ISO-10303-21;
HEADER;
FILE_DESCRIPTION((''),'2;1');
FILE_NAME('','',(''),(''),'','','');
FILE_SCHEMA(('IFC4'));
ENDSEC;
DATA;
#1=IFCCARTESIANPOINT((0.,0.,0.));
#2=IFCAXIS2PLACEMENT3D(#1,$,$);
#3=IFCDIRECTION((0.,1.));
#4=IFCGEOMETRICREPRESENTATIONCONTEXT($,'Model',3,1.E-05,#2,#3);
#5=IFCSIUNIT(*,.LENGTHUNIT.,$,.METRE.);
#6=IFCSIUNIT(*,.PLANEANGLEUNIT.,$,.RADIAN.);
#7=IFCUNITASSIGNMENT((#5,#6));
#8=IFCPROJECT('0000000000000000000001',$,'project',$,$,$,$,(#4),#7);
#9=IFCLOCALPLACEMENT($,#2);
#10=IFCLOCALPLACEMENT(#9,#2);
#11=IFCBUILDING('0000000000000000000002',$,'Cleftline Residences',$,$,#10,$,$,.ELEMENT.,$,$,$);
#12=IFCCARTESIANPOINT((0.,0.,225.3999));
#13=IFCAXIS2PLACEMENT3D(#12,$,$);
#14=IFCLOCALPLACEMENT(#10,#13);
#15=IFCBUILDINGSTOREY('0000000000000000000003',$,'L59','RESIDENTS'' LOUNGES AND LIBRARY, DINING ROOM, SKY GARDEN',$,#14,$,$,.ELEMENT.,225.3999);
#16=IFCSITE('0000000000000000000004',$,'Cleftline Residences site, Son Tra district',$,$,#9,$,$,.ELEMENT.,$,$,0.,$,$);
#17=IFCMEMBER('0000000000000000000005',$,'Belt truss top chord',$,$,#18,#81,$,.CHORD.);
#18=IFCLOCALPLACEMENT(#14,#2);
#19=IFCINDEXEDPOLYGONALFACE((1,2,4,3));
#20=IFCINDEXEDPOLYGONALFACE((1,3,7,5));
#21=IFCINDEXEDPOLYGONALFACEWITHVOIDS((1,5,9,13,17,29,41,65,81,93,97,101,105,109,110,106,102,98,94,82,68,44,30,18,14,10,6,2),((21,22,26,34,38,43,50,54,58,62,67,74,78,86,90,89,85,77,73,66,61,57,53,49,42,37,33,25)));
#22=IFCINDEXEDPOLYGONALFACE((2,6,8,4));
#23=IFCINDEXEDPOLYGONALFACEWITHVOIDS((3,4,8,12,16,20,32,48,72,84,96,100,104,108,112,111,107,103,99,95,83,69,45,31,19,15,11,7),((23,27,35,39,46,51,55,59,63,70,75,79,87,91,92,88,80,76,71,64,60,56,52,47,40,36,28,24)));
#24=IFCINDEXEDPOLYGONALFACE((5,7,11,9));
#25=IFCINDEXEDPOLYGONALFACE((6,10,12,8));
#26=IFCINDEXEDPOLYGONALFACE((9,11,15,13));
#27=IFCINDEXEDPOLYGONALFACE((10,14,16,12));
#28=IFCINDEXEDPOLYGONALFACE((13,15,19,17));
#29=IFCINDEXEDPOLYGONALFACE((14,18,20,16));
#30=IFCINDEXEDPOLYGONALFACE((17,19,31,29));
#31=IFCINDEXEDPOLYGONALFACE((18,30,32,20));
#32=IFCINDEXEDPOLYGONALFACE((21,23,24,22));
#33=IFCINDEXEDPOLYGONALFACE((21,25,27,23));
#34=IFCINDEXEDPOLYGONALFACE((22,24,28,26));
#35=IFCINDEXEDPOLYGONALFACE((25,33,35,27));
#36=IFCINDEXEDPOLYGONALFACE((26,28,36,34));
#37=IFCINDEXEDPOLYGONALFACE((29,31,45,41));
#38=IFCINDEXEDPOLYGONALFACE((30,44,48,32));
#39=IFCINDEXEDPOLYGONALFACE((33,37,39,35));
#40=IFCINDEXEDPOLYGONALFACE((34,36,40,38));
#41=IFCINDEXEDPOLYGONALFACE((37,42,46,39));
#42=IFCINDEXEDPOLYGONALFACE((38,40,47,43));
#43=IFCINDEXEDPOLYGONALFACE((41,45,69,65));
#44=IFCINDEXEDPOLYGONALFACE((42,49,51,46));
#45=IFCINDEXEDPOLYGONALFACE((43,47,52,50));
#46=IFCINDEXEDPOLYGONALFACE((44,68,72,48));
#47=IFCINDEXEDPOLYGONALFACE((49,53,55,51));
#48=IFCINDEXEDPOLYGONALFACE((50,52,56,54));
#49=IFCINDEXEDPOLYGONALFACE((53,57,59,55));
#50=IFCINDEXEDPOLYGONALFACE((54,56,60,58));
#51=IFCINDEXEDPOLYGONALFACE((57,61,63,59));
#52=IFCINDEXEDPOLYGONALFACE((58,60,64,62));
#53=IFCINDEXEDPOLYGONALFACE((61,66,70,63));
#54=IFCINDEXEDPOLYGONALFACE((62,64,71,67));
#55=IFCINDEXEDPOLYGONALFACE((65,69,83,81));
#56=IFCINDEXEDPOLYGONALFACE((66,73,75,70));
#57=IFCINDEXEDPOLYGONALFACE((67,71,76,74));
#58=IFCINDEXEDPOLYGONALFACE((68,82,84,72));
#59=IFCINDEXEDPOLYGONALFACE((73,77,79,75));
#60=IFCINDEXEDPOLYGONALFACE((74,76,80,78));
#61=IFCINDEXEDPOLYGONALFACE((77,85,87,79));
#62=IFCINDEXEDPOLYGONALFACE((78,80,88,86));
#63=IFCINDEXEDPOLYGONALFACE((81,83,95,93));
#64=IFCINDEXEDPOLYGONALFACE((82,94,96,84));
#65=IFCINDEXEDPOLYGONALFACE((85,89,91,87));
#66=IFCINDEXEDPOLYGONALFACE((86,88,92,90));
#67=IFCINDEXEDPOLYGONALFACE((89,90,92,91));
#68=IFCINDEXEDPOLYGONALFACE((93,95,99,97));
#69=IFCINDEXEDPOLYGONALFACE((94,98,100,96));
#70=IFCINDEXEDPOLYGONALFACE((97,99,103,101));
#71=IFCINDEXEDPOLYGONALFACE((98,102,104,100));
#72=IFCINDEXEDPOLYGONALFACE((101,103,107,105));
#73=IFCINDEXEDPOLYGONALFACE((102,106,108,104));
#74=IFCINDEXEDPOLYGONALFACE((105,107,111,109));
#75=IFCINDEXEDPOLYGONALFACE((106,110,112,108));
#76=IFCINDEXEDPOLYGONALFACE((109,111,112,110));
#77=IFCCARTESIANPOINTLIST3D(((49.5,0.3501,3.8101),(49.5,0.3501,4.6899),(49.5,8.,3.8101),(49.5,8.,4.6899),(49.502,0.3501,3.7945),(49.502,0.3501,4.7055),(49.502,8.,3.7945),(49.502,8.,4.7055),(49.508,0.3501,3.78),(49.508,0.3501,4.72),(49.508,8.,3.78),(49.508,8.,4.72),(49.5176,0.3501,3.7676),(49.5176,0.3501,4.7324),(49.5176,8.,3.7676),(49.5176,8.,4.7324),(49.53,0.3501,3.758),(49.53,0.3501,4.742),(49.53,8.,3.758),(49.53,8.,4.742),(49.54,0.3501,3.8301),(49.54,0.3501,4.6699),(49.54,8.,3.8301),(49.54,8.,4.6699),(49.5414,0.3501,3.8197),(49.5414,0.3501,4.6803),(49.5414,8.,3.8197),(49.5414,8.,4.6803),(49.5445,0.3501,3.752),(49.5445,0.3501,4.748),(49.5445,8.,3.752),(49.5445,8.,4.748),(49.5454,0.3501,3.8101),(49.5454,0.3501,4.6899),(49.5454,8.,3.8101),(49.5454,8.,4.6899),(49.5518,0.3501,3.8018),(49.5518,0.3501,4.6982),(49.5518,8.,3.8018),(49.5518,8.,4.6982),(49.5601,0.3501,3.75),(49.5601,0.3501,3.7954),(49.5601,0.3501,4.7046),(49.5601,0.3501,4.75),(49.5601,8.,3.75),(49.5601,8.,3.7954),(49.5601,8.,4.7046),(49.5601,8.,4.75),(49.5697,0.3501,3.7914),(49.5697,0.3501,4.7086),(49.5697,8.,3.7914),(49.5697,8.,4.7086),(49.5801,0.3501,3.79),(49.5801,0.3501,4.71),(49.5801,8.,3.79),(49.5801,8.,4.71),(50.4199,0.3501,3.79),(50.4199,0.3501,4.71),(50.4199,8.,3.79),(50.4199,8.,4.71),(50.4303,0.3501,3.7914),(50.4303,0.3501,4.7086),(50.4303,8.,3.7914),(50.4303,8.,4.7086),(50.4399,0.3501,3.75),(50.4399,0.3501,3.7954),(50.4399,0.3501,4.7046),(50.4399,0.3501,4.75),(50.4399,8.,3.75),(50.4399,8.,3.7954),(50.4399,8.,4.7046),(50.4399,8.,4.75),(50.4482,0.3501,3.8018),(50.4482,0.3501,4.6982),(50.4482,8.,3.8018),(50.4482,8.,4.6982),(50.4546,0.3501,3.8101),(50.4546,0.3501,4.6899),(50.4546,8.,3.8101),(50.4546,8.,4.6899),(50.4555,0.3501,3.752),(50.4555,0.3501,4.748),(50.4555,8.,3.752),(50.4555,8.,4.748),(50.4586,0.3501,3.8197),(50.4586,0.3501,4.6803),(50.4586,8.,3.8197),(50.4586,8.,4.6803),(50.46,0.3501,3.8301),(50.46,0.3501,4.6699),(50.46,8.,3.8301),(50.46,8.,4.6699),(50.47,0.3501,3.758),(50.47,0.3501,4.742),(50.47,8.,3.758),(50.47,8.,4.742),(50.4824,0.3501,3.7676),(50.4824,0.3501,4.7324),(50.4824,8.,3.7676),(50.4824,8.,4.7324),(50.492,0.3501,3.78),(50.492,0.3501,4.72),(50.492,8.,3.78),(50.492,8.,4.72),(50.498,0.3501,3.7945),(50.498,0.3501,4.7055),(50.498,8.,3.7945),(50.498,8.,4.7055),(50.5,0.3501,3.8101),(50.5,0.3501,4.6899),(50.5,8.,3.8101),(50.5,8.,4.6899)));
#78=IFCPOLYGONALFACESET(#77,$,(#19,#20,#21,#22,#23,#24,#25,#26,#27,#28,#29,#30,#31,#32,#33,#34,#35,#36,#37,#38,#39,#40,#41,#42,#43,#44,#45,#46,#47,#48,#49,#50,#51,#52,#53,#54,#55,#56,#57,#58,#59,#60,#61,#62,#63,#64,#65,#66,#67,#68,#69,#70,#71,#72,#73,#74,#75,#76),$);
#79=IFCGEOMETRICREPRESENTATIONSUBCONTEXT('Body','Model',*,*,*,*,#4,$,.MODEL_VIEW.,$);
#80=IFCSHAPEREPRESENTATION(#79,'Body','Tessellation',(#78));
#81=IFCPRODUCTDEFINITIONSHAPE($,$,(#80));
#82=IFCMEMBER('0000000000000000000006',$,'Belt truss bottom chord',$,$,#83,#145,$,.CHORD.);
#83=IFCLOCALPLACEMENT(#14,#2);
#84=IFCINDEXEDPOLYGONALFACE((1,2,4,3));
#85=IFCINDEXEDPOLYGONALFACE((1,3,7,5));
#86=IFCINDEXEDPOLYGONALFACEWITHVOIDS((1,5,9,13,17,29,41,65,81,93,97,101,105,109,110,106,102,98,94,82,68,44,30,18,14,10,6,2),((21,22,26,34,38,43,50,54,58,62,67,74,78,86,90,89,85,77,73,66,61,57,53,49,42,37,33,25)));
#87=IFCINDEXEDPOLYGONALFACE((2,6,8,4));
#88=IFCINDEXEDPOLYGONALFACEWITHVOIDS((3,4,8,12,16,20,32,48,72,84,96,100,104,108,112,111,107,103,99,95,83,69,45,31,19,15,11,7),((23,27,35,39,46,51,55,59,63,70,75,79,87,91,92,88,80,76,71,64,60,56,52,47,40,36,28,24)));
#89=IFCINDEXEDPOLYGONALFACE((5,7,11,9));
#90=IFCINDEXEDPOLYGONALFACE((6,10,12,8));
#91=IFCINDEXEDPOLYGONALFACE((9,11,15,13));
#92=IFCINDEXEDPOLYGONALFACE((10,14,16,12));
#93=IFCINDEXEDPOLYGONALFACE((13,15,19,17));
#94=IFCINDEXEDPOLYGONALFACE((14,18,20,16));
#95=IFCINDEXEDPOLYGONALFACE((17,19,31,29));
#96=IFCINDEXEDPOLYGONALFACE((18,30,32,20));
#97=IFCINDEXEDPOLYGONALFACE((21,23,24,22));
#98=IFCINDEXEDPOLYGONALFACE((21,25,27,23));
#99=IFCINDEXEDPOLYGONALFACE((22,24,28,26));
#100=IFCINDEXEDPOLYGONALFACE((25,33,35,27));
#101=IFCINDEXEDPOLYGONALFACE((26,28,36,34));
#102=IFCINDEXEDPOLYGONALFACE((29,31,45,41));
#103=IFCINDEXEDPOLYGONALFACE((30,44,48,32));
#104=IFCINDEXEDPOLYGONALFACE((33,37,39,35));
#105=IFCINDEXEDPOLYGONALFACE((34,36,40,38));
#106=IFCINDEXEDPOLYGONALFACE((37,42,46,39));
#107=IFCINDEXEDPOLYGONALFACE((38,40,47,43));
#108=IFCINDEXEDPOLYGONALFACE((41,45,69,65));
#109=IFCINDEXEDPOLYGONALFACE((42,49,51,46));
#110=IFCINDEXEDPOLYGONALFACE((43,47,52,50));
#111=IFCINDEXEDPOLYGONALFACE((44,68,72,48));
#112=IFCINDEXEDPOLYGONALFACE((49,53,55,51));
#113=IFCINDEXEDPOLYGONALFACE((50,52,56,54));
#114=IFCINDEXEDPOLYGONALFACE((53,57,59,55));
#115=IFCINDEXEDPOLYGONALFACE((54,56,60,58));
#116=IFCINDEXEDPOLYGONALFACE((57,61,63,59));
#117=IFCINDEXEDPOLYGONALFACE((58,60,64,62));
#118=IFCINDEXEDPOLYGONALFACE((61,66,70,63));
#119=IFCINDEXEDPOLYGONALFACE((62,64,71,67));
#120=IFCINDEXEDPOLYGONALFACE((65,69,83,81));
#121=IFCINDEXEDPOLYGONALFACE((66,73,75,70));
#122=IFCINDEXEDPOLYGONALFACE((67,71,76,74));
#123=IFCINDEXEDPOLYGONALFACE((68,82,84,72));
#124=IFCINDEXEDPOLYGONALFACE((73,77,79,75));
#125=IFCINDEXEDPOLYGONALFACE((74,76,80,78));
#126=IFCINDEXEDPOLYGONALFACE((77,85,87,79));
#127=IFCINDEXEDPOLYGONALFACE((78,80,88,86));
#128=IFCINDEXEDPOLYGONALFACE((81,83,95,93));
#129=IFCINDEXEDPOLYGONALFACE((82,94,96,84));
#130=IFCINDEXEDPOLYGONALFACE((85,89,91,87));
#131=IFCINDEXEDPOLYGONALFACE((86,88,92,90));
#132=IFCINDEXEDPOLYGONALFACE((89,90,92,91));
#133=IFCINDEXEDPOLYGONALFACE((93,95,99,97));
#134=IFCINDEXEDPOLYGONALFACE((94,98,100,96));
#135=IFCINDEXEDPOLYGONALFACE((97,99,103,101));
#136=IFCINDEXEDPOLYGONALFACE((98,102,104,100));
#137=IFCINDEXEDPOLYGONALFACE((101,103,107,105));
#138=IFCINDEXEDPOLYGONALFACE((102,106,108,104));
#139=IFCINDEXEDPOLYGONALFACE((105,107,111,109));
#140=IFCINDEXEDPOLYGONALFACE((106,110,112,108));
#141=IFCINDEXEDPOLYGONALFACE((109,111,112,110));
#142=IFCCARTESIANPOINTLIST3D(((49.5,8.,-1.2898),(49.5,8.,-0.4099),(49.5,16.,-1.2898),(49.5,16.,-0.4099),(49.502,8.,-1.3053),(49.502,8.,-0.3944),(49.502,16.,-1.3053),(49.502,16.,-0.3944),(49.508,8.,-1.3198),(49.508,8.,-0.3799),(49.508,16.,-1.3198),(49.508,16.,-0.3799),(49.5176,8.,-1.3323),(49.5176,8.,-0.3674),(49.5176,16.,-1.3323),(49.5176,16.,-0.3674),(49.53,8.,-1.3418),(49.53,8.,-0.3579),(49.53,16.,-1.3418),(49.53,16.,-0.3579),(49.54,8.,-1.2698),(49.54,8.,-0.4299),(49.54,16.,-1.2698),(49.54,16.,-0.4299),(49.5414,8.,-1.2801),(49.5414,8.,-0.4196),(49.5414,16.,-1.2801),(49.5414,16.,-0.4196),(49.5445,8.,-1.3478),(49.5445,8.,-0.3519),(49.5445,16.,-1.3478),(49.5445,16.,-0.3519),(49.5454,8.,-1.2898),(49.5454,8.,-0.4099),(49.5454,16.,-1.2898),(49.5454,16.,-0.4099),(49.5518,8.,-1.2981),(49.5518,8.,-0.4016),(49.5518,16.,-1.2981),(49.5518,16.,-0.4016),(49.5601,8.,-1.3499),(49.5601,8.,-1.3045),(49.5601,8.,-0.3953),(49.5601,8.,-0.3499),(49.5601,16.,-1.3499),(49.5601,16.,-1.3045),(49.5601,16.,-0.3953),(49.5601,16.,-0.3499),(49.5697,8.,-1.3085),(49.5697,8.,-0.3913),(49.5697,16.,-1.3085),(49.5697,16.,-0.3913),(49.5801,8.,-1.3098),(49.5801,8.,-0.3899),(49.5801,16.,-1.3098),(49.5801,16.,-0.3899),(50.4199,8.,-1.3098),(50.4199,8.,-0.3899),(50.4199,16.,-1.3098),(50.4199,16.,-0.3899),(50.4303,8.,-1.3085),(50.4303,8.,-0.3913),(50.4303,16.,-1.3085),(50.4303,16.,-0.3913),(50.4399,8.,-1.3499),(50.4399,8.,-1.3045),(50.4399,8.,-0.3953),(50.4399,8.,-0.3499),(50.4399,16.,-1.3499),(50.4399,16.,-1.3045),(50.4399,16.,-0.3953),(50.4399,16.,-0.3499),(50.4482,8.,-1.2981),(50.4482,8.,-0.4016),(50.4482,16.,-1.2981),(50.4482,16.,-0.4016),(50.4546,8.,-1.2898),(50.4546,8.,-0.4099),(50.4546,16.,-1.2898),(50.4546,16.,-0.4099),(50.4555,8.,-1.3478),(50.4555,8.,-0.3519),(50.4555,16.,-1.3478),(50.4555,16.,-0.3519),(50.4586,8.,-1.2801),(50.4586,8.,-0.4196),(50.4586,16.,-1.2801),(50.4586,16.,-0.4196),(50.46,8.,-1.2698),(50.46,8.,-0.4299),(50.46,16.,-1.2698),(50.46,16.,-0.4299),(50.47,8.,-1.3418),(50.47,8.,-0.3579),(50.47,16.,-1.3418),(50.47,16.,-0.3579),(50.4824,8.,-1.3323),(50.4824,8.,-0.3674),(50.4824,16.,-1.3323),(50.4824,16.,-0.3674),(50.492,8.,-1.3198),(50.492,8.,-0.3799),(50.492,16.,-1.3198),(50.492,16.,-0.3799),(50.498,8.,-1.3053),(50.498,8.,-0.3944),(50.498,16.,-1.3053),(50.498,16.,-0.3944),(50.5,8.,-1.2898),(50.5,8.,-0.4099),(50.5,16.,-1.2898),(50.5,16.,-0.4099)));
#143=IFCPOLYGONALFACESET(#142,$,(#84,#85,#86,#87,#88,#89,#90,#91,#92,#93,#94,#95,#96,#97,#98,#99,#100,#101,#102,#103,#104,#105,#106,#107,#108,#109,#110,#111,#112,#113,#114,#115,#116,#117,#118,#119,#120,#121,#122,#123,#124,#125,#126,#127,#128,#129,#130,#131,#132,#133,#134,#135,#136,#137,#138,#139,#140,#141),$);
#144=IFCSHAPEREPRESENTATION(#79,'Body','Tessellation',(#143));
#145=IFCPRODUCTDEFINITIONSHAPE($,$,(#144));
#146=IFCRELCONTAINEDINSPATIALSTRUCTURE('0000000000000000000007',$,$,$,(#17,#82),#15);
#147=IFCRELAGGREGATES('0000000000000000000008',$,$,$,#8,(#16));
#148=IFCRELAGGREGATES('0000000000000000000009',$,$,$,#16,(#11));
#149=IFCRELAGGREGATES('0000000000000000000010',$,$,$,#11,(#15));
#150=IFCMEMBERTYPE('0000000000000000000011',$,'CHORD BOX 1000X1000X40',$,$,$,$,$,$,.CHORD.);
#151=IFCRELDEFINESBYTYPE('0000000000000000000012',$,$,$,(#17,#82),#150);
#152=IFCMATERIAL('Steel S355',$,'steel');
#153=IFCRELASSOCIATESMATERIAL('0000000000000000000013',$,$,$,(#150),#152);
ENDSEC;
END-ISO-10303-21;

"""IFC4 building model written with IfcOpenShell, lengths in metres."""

from ifc_helpers import new_model, si_unit, direction, frame, origin, origin_2d, place, context, subcontext, project, spatial, hollow_rectangle, extrude, material, material_profile, profile_set, type_object, element, save


model = new_model("IFC4")

# Units and contexts
model_context = context("Model", 3, precision=1e-05, world=origin(), true_north=direction((0.0, 1.0)))
body_context = subcontext(model_context, "Body", "Model", "MODEL_VIEW")
ifc_project = project(units=[si_unit("LENGTHUNIT", "METRE"), si_unit("PLANEANGLEUNIT", "RADIAN")], contexts=[model_context])

# Site, building, storey
site_placement = place(None, origin())
site = spatial("IfcSite", under=ifc_project, at=site_placement, Name="Cleftline Residences site, Son Tra district", CompositionType="ELEMENT", RefElevation=0.0)
building_placement = place(site_placement, origin())
building = spatial("IfcBuilding", under=site, at=building_placement, Name="Cleftline Residences", CompositionType="ELEMENT")
storey_placement = place(building_placement, frame((0.0, 0.0, 225.3999)))
storey = spatial("IfcBuildingStorey", under=building, at=storey_placement, Name="L59", Description="RESIDENTS' LOUNGES AND LIBRARY, DINING ROOM, SKY GARDEN", CompositionType="ELEMENT", Elevation=225.3999)

# Members
ifc_material_1 = material(Name="Steel S355", Category="steel")
ifc_material_profile_1 = material_profile(ifc_material_1, hollow_rectangle(XDim=1.0, YDim=1.0, WallThickness=0.04, InnerFilletRadius=0.04, OuterFilletRadius=0.0601, at=origin_2d()))
ifc_profile_set_1 = profile_set([ifc_material_profile_1], Name="Steel S355")
member_type_1 = type_object("IfcMemberType", Name="CHORD BOX 1000X1000X40", PredefinedType="CHORD", material=ifc_profile_set_1)
for number, where, z_axis, x_axis, name in (
    (1, (50.0, 0.3501, 4.25), (0.0, 1.0, 0.0), (-1.0, 0.0, 0.0), "Belt truss top chord"),
):
    element("IfcMember", number, at=place(storey_placement, frame(where, z_axis=z_axis, x_axis=x_axis)), inside=storey, type_object=member_type_1, Name=name, PredefinedType="CHORD", context=body_context, shape_type="SweptSolid", body=[
        extrude(hollow_rectangle(XDim=1.0, YDim=1.0, WallThickness=0.04, InnerFilletRadius=0.04, OuterFilletRadius=0.0601, at=origin_2d()), origin(), (0.0, 0.0, 1.0), 7.6499),
    ])
for number, where, z_axis, x_axis, name in (
    (2, (50.0, 8.0, -0.8499), (0.0, 1.0, 0.0), (-1.0, 0.0, 0.0), "Belt truss bottom chord"),
):
    element("IfcMember", number, at=place(storey_placement, frame(where, z_axis=z_axis, x_axis=x_axis)), inside=storey, type_object=member_type_1, Name=name, PredefinedType="CHORD", context=body_context, shape_type="SweptSolid", body=[
        extrude(hollow_rectangle(XDim=1.0, YDim=1.0, WallThickness=0.04, InnerFilletRadius=0.04, OuterFilletRadius=0.0601, at=origin_2d()), origin(), (0.0, 0.0, 1.0), 8.0),
    ])

save(model, "model.ifc")
